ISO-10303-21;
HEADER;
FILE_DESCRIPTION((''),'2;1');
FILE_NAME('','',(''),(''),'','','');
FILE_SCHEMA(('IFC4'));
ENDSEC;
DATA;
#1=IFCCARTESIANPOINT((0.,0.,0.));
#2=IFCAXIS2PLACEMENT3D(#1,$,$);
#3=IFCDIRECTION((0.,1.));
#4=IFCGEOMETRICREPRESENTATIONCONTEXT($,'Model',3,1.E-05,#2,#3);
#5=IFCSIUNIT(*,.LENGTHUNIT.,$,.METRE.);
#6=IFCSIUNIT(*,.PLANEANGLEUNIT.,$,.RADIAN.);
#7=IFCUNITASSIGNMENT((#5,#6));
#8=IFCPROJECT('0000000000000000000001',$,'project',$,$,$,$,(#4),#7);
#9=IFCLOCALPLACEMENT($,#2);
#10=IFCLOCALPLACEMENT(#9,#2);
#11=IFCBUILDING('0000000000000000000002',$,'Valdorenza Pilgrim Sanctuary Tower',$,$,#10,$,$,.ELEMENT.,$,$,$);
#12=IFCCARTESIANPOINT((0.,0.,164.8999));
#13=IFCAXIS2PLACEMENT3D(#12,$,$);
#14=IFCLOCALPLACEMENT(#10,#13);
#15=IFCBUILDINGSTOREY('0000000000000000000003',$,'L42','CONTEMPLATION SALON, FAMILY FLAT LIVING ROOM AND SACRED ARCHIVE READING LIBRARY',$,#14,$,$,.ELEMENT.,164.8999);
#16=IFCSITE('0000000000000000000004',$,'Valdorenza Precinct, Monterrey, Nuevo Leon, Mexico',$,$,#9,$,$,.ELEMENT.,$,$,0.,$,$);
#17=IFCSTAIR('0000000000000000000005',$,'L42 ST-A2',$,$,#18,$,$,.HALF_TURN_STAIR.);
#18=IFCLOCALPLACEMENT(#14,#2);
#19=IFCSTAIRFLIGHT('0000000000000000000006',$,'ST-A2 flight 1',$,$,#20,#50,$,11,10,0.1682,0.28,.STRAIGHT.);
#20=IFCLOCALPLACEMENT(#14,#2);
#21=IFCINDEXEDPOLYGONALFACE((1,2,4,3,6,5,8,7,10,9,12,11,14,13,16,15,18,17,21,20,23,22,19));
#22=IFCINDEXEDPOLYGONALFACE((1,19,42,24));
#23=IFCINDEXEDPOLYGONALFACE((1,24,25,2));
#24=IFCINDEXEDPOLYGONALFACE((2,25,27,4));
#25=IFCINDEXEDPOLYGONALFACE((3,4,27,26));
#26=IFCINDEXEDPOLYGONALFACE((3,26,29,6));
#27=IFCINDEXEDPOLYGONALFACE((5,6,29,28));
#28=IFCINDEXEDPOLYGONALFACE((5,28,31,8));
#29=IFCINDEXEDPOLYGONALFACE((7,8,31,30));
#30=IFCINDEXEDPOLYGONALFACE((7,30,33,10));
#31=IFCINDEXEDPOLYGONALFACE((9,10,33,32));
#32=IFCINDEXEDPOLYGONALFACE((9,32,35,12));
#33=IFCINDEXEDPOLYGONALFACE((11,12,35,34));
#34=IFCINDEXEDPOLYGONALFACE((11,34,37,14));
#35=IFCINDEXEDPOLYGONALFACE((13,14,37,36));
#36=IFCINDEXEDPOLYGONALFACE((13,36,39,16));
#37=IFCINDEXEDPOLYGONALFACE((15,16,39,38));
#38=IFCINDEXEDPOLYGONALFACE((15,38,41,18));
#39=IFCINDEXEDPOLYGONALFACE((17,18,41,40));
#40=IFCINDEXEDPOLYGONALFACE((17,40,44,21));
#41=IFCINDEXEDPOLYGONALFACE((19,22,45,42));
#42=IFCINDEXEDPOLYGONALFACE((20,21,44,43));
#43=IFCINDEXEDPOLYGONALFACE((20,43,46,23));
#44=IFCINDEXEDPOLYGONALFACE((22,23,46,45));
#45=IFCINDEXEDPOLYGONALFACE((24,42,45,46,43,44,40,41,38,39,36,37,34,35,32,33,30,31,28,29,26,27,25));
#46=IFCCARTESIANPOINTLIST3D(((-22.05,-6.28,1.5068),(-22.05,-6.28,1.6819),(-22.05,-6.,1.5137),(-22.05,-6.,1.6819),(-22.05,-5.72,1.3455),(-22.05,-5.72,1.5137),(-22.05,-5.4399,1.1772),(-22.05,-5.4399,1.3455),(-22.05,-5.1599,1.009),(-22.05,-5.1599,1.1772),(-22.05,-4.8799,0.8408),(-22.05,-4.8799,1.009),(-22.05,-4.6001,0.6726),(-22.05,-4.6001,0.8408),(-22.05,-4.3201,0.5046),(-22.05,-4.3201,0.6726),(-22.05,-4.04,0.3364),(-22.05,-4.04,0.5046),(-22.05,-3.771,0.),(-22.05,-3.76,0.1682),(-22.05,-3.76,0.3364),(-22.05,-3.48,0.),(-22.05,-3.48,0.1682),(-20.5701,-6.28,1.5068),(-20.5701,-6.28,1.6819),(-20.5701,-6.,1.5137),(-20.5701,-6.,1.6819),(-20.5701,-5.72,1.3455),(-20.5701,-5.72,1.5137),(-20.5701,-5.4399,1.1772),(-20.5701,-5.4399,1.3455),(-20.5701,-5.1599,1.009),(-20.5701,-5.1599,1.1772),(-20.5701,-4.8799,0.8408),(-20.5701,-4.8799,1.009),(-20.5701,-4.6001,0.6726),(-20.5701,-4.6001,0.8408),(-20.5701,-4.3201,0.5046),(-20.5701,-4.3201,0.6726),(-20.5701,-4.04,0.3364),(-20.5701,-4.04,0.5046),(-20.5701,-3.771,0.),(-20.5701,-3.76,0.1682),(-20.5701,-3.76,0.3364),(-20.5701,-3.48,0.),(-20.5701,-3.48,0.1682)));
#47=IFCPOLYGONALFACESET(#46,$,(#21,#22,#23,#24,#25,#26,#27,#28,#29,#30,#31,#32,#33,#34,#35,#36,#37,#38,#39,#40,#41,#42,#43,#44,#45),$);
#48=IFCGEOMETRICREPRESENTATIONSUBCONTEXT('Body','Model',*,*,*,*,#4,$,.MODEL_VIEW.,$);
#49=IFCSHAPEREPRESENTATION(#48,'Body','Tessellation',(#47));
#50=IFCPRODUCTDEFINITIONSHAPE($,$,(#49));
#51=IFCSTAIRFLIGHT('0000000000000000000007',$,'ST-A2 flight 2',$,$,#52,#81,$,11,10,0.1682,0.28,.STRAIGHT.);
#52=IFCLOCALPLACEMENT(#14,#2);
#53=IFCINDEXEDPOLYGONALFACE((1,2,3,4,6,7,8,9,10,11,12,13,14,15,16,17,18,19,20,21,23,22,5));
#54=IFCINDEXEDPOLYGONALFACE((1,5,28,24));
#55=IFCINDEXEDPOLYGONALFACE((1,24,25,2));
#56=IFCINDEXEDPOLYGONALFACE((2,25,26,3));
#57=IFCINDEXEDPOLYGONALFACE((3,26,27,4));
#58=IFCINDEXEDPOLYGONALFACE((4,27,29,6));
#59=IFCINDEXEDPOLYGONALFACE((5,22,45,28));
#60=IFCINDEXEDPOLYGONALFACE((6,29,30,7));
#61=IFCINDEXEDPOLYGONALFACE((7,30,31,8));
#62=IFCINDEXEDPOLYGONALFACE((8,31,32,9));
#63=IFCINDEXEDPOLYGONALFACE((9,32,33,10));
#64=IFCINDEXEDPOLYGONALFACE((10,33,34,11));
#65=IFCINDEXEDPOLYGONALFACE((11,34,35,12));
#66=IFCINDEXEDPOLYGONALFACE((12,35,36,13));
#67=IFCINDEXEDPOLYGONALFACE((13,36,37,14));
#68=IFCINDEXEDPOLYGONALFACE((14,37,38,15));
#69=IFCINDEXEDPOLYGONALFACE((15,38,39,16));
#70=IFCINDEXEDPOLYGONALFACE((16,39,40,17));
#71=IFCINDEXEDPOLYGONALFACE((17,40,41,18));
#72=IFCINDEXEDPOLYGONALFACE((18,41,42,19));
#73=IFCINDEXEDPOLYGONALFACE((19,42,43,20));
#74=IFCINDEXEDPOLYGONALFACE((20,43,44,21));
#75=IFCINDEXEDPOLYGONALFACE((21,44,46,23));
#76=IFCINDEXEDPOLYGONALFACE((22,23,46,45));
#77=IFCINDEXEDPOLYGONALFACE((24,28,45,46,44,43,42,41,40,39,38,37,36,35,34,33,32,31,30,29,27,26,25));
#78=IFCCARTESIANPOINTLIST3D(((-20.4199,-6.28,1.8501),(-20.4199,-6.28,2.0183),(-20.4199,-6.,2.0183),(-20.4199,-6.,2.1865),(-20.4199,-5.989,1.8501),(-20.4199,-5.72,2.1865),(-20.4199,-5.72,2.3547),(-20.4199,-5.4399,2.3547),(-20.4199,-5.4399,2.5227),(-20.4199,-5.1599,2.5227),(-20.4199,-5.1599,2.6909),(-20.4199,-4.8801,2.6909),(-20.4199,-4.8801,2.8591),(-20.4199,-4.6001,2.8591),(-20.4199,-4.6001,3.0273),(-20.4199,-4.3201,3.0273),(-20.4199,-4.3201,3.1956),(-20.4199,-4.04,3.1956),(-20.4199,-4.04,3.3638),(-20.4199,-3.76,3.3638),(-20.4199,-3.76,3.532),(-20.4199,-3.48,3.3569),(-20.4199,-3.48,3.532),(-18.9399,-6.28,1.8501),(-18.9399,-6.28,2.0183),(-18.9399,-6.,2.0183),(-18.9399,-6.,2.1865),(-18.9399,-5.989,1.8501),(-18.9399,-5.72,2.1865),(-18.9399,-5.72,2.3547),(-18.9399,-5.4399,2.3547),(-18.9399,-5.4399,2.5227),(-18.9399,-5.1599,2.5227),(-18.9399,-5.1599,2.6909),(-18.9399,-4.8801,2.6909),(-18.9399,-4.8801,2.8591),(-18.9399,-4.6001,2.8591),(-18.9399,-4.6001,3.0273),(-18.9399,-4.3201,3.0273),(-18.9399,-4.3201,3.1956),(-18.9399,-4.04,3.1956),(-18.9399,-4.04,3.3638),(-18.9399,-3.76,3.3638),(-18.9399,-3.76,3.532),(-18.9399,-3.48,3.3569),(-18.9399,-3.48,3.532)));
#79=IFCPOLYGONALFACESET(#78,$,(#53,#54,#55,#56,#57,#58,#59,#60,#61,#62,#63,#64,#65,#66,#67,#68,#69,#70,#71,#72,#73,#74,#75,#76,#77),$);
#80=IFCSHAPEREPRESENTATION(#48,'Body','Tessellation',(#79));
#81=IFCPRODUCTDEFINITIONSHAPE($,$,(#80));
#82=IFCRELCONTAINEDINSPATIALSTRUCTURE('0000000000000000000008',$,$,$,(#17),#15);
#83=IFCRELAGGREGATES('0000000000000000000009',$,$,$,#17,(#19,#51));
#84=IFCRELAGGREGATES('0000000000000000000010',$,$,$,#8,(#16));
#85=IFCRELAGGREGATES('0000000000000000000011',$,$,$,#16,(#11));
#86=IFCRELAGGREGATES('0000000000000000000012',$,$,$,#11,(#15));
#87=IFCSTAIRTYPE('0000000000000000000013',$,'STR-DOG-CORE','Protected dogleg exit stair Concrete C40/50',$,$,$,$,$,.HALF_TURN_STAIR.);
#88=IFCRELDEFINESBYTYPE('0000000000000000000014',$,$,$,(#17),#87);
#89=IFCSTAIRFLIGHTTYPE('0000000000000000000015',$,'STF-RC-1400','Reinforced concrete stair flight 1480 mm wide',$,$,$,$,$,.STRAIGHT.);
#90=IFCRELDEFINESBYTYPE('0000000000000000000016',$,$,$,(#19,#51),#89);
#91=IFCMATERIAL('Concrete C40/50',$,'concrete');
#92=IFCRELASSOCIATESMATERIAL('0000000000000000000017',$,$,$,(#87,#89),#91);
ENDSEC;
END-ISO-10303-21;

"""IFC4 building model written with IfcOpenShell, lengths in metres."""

from ifc_helpers import new_model, si_unit, direction, frame, origin, place, context, subcontext, project, spatial, polyline, outline, extrude, material, type_object, element, aggregate, save


model = new_model("IFC4")

# Units and contexts
model_context = context("Model", 3, precision=1e-05, world=origin(), true_north=direction((0.0, 1.0)))
body_context = subcontext(model_context, "Body", "Model", "MODEL_VIEW")
ifc_project = project(units=[si_unit("LENGTHUNIT", "METRE"), si_unit("PLANEANGLEUNIT", "RADIAN")], contexts=[model_context])

# Site, building, storey
site_placement = place(None, origin())
site = spatial("IfcSite", under=ifc_project, at=site_placement, Name="Valdorenza Precinct, Monterrey, Nuevo Leon, Mexico", CompositionType="ELEMENT", RefElevation=0.0)
building_placement = place(site_placement, origin())
building = spatial("IfcBuilding", under=site, at=building_placement, Name="Valdorenza Pilgrim Sanctuary Tower", CompositionType="ELEMENT")
storey_placement = place(building_placement, frame((0.0, 0.0, 164.8999)))
storey = spatial("IfcBuildingStorey", under=building, at=storey_placement, Name="L42", Description="CONTEMPLATION SALON, FAMILY FLAT LIVING ROOM AND SACRED ARCHIVE READING LIBRARY", CompositionType="ELEMENT", Elevation=164.8999)

# Shared definitions
ifc_material_1 = material(Name="Concrete C40/50", Category="concrete")

# Stair, stair flights
stair_type = type_object("IfcStairType", Name="STR-DOG-CORE", Description="Protected dogleg exit stair Concrete C40/50", PredefinedType="HALF_TURN_STAIR", material=ifc_material_1)
stair_placement = place(storey_placement, origin())
stair = element("IfcStair", 1, at=stair_placement, inside=storey, type_object=stair_type, Name="L42 ST-A2", PredefinedType="HALF_TURN_STAIR")
stair_flight_type = type_object("IfcStairFlightType", Name="STF-RC-1400", Description="Reinforced concrete stair flight 1480 mm wide", PredefinedType="STRAIGHT", material=ifc_material_1)
stair_flight_1_placement = place(storey_placement, frame((-21.3101, -3.48, 0.0), z_axis=(0.0, 0.0, 1.0), x_axis=(0.0, -1.0, 0.0)))
stair_flight_1 = element("IfcStairFlight", 2, at=stair_flight_1_placement, type_object=stair_flight_type, Name="ST-A2 flight 1", NumberOfRisers=11, NumberOfTreads=10, PredefinedType="STRAIGHT", RiserHeight=0.1682, TreadLength=0.28, context=body_context, shape_type="SweptSolid", body=[
    extrude(outline(polyline([(0.0, 0.0), (0.0, 0.1682), (0.28, 0.1682), (0.28, 0.3364), (0.5601, 0.3364), (0.5601, 0.5046), (0.8401, 0.5046), (0.8401, 0.6726), (1.1201, 0.6726), (1.1201, 0.8408), (1.3999, 0.8408), (1.3999, 1.009), (1.6799, 1.009), (1.6799, 1.1772), (1.96, 1.1772), (1.96, 1.3455), (2.24, 1.3455), (2.24, 1.5137), (2.52, 1.5137), (2.52, 1.6819), (2.8, 1.6819), (2.8, 1.8501), (2.8, 1.5068), (0.291, 0.0), (0.0, 0.0)])), frame((0.0, 0.74, 0.0), z_axis=(0.0, -1.0, 0.0), x_axis=(1.0, 0.0, 0.0)), (0.0, 0.0, 1.0), 1.48),
])
stair_flight_2_placement = place(storey_placement, frame((-19.6799, -6.28, 1.8501), z_axis=(0.0, 0.0, 1.0), x_axis=(0.0, 1.0, 0.0)))
stair_flight_2 = element("IfcStairFlight", 3, at=stair_flight_2_placement, type_object=stair_flight_type, Name="ST-A2 flight 2", NumberOfRisers=11, NumberOfTreads=10, PredefinedType="STRAIGHT", RiserHeight=0.1682, TreadLength=0.28, context=body_context, shape_type="SweptSolid", body=[
    extrude(outline(polyline([(0.0, 0.0), (0.0, 0.1682), (0.28, 0.1682), (0.28, 0.3364), (0.5601, 0.3364), (0.5601, 0.5046), (0.8401, 0.5046), (0.8401, 0.6726), (1.1201, 0.6726), (1.1201, 0.8408), (1.3999, 0.8408), (1.3999, 1.009), (1.6799, 1.009), (1.6799, 1.1772), (1.96, 1.1772), (1.96, 1.3455), (2.24, 1.3455), (2.24, 1.5137), (2.52, 1.5137), (2.52, 1.6819), (2.8, 1.6819), (2.8, 1.8501), (2.8, 1.5068), (0.291, 0.0), (0.0, 0.0)])), frame((0.0, 0.74, 0.0), z_axis=(0.0, -1.0, 0.0), x_axis=(1.0, 0.0, 0.0)), (0.0, 0.0, 1.0), 1.48),
])
aggregate(stair, [stair_flight_1, stair_flight_2])

save(model, "model.ifc")
